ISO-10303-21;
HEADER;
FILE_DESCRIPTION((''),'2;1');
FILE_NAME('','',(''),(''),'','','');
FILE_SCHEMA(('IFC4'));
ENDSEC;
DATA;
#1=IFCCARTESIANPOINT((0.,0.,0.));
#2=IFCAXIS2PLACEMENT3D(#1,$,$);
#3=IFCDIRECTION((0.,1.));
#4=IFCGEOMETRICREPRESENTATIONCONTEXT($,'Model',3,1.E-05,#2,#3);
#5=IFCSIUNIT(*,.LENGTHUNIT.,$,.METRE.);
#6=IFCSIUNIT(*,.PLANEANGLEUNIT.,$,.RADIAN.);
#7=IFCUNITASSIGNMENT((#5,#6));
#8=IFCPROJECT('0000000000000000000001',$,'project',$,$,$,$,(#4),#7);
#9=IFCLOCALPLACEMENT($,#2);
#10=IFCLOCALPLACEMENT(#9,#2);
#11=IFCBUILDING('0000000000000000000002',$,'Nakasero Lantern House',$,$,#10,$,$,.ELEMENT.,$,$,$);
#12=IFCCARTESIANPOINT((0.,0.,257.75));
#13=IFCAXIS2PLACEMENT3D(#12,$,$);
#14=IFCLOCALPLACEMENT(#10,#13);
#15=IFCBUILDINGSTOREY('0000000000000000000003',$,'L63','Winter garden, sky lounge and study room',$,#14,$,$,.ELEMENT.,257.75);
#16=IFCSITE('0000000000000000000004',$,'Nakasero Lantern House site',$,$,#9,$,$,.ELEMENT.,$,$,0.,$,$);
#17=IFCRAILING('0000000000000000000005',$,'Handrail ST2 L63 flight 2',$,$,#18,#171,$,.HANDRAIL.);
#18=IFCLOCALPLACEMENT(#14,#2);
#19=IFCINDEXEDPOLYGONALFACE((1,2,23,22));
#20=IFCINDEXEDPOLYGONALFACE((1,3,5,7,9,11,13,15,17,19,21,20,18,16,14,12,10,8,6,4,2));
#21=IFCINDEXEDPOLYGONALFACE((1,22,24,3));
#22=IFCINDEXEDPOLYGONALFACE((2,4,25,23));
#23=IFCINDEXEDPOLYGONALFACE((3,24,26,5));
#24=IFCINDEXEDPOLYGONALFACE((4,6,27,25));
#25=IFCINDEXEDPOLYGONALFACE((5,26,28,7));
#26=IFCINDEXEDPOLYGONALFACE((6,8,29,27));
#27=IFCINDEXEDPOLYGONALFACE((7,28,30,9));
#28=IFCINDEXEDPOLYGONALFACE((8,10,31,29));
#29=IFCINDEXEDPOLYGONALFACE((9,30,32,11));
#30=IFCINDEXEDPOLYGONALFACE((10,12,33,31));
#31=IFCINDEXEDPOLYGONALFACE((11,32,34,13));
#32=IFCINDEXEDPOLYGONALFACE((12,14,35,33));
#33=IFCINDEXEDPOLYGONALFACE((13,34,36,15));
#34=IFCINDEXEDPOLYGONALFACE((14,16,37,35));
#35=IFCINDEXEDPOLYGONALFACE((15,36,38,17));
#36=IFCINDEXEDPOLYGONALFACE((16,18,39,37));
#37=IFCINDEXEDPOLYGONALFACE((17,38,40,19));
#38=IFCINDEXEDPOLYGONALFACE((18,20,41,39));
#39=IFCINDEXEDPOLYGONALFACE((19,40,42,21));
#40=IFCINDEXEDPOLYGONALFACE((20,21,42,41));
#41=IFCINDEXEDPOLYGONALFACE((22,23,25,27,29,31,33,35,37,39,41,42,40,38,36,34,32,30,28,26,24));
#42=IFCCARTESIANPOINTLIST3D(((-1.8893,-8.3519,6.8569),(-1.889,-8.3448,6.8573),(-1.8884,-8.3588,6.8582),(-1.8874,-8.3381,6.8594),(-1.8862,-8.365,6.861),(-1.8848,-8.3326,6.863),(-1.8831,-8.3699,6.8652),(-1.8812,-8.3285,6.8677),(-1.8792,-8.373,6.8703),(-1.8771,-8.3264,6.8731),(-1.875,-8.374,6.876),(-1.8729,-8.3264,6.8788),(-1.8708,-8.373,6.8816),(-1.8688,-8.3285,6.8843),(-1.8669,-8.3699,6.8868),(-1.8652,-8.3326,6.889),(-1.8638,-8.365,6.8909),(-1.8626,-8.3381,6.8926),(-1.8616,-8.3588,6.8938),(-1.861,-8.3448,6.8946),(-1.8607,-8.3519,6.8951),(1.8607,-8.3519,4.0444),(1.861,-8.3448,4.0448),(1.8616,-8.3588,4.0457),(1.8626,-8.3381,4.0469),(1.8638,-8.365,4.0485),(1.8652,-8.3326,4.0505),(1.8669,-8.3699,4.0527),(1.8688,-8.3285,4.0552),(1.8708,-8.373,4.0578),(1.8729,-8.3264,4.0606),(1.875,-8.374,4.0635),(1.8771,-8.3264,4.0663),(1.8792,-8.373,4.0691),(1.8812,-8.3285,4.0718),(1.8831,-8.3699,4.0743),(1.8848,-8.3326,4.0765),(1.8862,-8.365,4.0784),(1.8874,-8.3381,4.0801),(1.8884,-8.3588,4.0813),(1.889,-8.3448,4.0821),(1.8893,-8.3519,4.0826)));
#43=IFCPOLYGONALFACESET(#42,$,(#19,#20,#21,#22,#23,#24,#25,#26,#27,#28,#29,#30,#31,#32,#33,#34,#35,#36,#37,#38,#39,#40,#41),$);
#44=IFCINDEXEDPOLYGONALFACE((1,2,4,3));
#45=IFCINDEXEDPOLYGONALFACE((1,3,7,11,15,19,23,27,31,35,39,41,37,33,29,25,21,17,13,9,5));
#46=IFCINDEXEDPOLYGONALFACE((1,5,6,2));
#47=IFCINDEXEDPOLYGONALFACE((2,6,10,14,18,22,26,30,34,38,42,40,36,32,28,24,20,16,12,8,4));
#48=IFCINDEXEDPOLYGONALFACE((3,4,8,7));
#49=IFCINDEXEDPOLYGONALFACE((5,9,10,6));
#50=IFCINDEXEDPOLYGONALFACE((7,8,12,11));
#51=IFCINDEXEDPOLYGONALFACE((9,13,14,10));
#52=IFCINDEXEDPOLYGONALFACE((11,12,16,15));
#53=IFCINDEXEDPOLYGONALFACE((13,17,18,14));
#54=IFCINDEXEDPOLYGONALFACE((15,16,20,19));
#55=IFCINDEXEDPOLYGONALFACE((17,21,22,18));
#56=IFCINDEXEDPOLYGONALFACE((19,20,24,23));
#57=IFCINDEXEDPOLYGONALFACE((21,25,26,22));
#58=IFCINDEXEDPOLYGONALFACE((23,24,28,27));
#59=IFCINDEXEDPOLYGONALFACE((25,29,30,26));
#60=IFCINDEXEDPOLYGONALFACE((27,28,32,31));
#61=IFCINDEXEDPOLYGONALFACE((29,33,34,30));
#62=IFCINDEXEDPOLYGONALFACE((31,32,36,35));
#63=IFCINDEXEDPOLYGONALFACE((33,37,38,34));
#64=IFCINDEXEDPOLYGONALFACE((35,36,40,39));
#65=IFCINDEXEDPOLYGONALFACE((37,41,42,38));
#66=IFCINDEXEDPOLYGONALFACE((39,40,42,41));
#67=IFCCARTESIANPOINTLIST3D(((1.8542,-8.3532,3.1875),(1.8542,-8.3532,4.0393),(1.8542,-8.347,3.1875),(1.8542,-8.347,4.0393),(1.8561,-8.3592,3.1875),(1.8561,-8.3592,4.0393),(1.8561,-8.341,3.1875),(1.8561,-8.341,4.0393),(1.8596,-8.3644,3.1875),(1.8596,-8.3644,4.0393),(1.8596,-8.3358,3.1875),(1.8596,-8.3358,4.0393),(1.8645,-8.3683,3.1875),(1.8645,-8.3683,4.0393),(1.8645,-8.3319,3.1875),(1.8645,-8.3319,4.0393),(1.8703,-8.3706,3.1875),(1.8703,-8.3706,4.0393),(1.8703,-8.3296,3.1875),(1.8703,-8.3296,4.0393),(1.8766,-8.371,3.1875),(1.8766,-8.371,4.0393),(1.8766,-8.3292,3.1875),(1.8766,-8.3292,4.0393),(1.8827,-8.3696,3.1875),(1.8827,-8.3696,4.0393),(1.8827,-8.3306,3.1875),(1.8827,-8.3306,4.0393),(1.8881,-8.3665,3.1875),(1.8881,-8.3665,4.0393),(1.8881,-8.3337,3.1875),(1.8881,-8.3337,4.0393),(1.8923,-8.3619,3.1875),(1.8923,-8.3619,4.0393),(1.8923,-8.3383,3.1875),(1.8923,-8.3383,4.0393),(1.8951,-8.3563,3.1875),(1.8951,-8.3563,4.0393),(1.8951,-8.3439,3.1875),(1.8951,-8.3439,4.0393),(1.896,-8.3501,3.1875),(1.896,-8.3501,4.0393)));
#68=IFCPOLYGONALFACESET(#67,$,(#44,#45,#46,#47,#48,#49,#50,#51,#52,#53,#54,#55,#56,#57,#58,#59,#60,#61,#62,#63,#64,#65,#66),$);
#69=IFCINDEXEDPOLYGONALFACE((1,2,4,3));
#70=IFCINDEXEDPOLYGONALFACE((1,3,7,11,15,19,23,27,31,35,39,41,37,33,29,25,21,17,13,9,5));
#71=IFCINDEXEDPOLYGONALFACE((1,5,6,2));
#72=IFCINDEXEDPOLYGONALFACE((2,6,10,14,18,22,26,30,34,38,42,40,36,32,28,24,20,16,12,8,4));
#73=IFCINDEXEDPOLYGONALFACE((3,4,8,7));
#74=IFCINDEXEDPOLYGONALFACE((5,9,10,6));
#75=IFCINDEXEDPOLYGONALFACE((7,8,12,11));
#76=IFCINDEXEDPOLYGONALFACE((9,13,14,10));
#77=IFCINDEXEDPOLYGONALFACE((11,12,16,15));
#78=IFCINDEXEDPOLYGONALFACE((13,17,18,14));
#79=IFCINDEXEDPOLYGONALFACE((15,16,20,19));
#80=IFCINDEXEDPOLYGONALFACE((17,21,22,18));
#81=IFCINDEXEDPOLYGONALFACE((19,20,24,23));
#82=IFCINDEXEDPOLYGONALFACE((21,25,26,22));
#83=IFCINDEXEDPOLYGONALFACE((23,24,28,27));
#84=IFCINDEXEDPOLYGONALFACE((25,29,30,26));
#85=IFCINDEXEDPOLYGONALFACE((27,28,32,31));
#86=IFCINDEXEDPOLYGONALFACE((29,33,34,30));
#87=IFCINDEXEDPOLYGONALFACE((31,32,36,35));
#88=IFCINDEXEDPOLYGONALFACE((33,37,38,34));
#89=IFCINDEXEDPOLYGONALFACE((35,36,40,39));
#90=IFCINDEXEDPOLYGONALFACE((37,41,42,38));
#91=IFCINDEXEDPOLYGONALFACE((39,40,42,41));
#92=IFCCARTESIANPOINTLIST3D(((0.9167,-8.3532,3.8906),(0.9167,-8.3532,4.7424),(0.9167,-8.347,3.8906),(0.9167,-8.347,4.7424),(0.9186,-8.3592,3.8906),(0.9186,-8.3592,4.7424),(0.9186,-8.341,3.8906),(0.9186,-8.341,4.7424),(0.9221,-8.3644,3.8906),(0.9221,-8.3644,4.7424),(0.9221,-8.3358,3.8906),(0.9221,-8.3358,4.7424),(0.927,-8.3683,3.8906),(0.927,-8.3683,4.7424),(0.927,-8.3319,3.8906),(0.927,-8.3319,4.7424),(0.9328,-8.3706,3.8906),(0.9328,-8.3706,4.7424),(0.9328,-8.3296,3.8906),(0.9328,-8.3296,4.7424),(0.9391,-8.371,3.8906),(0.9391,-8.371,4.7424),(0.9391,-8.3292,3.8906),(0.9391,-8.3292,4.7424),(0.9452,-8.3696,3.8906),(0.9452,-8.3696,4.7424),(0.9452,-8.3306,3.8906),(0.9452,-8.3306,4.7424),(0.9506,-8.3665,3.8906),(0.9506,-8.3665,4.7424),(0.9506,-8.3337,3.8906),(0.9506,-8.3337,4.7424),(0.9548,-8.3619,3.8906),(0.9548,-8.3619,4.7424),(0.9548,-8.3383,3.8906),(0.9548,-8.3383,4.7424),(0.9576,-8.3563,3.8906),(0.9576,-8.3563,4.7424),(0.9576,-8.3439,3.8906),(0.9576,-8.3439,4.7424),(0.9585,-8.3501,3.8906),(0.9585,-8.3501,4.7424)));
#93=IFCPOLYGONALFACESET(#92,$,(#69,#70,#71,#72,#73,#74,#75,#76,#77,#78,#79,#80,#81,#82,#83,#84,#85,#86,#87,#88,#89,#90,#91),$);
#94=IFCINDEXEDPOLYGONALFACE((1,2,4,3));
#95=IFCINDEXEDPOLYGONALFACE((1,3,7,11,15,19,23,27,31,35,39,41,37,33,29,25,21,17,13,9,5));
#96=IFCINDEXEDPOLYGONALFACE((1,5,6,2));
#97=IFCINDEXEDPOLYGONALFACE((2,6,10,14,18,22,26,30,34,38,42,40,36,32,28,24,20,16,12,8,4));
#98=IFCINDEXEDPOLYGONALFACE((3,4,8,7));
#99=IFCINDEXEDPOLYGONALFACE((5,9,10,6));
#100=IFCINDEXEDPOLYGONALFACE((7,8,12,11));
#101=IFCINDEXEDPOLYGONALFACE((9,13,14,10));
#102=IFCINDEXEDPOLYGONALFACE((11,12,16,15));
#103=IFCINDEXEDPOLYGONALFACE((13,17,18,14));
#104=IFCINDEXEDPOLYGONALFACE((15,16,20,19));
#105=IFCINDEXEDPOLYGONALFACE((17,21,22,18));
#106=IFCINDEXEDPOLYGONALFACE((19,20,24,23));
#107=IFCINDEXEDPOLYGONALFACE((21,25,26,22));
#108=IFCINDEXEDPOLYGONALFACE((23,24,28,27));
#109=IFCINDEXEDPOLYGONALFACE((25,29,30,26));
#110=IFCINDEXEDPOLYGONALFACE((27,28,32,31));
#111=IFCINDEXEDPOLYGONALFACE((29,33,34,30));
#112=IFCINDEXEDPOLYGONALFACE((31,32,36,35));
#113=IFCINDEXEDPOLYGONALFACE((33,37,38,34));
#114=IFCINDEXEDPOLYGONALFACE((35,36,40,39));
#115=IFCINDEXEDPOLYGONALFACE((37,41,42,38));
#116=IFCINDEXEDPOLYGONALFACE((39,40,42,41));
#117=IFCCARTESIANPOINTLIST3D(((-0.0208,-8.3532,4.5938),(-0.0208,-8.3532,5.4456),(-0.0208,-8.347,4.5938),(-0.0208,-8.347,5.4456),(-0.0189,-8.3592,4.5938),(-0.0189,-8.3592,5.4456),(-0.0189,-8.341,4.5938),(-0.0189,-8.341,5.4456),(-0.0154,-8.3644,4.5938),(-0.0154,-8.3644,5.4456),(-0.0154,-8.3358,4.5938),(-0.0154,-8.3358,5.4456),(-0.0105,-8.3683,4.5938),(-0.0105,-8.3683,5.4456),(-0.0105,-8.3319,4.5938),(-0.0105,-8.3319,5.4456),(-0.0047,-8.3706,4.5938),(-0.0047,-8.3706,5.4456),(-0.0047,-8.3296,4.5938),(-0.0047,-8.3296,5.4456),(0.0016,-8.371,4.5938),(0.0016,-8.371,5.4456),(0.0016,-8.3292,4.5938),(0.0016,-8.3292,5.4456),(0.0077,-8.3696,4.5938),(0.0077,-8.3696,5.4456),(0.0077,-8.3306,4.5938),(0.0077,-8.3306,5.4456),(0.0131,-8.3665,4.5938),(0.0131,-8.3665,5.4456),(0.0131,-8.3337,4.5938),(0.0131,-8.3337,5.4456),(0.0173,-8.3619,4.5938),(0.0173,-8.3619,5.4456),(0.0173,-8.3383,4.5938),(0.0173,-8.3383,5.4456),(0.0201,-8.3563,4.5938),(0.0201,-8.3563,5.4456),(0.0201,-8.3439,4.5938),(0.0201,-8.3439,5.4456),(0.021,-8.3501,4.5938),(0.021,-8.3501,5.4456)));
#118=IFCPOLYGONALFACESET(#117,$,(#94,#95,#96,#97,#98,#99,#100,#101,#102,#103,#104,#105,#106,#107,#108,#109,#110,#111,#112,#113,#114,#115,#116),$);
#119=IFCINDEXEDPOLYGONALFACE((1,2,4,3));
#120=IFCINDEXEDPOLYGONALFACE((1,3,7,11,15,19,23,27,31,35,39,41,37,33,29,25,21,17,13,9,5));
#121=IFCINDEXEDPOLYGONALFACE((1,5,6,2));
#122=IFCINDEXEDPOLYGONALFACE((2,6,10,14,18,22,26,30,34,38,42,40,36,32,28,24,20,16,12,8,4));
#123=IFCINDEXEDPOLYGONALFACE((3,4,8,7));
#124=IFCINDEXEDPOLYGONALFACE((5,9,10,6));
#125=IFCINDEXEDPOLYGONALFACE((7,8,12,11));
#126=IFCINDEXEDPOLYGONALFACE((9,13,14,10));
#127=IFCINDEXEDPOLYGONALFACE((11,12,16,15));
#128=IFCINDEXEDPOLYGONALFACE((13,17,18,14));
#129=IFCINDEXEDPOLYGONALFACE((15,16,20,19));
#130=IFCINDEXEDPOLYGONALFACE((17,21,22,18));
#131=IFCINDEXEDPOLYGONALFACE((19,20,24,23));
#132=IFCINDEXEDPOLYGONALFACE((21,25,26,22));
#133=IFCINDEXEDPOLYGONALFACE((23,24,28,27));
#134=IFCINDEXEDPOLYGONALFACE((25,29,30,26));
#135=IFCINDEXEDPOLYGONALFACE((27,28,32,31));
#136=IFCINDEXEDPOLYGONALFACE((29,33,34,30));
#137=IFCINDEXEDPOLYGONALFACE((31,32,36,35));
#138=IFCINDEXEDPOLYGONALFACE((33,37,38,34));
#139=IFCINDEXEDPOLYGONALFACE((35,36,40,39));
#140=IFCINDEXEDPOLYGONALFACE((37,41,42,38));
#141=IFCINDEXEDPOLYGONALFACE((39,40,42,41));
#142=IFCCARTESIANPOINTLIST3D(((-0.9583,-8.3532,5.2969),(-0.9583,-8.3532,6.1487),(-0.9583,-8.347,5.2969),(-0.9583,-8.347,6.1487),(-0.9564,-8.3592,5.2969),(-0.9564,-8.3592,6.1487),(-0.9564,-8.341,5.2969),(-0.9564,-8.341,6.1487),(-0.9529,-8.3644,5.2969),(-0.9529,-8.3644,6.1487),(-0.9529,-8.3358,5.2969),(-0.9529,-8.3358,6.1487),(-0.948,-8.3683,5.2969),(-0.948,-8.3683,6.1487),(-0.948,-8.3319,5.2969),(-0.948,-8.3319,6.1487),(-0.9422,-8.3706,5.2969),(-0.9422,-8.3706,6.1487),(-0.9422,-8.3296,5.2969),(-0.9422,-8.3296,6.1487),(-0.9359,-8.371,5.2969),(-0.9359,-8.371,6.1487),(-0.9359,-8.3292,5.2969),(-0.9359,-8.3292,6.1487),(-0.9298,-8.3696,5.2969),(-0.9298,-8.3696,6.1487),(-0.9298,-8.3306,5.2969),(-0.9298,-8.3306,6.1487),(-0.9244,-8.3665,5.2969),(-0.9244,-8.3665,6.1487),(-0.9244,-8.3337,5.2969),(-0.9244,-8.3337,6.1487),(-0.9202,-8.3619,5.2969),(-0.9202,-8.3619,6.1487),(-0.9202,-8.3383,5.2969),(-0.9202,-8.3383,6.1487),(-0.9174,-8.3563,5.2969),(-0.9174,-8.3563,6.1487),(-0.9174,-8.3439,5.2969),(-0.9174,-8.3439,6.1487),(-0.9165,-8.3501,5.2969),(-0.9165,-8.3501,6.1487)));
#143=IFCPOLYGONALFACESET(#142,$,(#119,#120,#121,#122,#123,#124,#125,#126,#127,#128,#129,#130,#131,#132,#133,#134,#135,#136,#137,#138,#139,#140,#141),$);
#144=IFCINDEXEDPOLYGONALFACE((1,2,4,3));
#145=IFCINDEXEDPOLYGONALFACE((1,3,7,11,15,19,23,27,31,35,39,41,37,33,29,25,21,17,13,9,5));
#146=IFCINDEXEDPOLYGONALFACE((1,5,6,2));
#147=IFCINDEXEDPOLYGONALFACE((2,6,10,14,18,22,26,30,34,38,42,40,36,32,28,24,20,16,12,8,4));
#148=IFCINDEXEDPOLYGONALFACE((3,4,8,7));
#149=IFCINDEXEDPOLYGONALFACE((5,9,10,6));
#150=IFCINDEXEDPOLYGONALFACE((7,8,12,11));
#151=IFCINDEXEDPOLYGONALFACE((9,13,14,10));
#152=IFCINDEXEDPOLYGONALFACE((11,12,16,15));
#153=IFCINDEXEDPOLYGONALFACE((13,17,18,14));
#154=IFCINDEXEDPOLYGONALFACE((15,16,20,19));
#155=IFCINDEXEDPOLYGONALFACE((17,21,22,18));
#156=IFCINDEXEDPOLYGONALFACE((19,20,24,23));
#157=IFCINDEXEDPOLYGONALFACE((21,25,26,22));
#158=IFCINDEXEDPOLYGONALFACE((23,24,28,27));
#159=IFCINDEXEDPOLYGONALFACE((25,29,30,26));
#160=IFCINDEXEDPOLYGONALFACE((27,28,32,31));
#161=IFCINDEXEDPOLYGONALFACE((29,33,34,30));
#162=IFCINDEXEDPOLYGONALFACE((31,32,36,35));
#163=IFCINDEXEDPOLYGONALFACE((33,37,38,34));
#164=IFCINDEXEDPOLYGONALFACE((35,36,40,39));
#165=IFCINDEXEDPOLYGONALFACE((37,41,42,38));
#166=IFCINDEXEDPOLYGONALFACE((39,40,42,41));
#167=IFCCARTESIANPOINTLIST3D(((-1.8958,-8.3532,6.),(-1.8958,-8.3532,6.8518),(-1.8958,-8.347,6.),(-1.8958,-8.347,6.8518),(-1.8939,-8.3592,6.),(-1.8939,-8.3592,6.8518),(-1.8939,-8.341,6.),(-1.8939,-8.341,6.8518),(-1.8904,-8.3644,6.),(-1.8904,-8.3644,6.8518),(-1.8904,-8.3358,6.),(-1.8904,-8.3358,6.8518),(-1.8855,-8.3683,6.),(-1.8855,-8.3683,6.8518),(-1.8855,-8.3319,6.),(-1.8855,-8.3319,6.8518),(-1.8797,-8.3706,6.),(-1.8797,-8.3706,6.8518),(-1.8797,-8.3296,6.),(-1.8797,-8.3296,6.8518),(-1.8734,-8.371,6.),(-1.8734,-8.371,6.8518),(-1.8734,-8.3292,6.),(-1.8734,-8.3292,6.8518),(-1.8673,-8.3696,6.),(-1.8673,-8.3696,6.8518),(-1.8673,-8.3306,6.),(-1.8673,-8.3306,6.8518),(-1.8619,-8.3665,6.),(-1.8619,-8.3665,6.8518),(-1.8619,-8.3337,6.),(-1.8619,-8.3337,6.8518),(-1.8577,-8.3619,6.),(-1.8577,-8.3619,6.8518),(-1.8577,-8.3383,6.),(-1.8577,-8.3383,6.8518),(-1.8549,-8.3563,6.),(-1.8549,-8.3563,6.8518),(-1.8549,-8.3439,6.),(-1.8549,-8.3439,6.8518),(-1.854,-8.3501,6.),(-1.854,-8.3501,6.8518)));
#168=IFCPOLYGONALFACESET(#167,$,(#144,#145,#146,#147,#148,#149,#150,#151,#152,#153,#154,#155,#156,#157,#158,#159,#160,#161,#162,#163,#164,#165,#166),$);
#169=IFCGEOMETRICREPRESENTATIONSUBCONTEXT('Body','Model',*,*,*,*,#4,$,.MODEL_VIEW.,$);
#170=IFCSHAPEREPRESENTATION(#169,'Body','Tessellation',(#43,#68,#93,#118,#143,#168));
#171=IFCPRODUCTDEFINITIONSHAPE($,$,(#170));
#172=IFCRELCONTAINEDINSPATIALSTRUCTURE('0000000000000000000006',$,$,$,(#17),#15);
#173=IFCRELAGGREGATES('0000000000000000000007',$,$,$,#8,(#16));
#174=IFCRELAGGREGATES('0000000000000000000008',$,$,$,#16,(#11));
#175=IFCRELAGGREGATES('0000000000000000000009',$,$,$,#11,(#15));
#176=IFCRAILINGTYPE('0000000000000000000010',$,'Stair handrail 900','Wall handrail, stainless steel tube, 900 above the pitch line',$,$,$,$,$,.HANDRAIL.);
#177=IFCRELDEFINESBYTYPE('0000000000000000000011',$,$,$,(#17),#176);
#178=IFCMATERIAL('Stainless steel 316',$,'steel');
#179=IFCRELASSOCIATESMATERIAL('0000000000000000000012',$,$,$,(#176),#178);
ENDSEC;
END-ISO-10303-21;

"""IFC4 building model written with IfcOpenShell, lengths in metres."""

from ifc_helpers import new_model, si_unit, direction, frame, origin, origin_2d, place, context, subcontext, project, spatial, circle, extrude, material, type_object, element, save


model = new_model("IFC4")

# Units and contexts
model_context = context("Model", 3, precision=1e-05, world=origin(), true_north=direction((0.0, 1.0)))
body_context = subcontext(model_context, "Body", "Model", "MODEL_VIEW")
ifc_project = project(units=[si_unit("LENGTHUNIT", "METRE"), si_unit("PLANEANGLEUNIT", "RADIAN")], contexts=[model_context])

# Site, building, storey
site_placement = place(None, origin())
site = spatial("IfcSite", under=ifc_project, at=site_placement, Name="Nakasero Lantern House site", CompositionType="ELEMENT", RefElevation=0.0)
building_placement = place(site_placement, origin())
building = spatial("IfcBuilding", under=site, at=building_placement, Name="Nakasero Lantern House", CompositionType="ELEMENT")
storey_placement = place(building_placement, frame((0.0, 0.0, 257.75)))
storey = spatial("IfcBuildingStorey", under=building, at=storey_placement, Name="L63", Description="Winter garden, sky lounge and study room", CompositionType="ELEMENT", Elevation=257.75)

# Railing
ifc_material_1 = material(Name="Stainless steel 316", Category="steel")
railing_type = type_object("IfcRailingType", Name="Stair handrail 900", Description="Wall handrail, stainless steel tube, 900 above the pitch line", PredefinedType="HANDRAIL", material=ifc_material_1)
railing_placement = place(storey_placement, frame((1.875, -8.3501, 3.1875)))
element("IfcRailing", 1, at=railing_placement, inside=storey, type_object=railing_type, Name="Handrail ST2 L63 flight 2", PredefinedType="HANDRAIL", context=body_context, shape_type="SweptSolid", body=[
    extrude(circle(Radius=0.0239, at=origin_2d()), frame((0.0, 0.0, 0.876), z_axis=(-0.8, 0.0, 0.6), x_axis=(0.0, -1.0, 0.0)), (0.0, 0.0, 1.0), 4.6875),
    extrude(circle(Radius=0.021, at=origin_2d()), origin(), (0.0, 0.0, 1.0), 0.8518),
    extrude(circle(Radius=0.021, at=origin_2d()), frame((-0.9375, 0.0, 0.7031)), (0.0, 0.0, 1.0), 0.8518),
    extrude(circle(Radius=0.021, at=origin_2d()), frame((-1.875, 0.0, 1.4062)), (0.0, 0.0, 1.0), 0.8518),
    extrude(circle(Radius=0.021, at=origin_2d()), frame((-2.8125, 0.0, 2.1094)), (0.0, 0.0, 1.0), 0.8518),
    extrude(circle(Radius=0.021, at=origin_2d()), frame((-3.75, 0.0, 2.8125)), (0.0, 0.0, 1.0), 0.8518),
])

save(model, "model.ifc")
